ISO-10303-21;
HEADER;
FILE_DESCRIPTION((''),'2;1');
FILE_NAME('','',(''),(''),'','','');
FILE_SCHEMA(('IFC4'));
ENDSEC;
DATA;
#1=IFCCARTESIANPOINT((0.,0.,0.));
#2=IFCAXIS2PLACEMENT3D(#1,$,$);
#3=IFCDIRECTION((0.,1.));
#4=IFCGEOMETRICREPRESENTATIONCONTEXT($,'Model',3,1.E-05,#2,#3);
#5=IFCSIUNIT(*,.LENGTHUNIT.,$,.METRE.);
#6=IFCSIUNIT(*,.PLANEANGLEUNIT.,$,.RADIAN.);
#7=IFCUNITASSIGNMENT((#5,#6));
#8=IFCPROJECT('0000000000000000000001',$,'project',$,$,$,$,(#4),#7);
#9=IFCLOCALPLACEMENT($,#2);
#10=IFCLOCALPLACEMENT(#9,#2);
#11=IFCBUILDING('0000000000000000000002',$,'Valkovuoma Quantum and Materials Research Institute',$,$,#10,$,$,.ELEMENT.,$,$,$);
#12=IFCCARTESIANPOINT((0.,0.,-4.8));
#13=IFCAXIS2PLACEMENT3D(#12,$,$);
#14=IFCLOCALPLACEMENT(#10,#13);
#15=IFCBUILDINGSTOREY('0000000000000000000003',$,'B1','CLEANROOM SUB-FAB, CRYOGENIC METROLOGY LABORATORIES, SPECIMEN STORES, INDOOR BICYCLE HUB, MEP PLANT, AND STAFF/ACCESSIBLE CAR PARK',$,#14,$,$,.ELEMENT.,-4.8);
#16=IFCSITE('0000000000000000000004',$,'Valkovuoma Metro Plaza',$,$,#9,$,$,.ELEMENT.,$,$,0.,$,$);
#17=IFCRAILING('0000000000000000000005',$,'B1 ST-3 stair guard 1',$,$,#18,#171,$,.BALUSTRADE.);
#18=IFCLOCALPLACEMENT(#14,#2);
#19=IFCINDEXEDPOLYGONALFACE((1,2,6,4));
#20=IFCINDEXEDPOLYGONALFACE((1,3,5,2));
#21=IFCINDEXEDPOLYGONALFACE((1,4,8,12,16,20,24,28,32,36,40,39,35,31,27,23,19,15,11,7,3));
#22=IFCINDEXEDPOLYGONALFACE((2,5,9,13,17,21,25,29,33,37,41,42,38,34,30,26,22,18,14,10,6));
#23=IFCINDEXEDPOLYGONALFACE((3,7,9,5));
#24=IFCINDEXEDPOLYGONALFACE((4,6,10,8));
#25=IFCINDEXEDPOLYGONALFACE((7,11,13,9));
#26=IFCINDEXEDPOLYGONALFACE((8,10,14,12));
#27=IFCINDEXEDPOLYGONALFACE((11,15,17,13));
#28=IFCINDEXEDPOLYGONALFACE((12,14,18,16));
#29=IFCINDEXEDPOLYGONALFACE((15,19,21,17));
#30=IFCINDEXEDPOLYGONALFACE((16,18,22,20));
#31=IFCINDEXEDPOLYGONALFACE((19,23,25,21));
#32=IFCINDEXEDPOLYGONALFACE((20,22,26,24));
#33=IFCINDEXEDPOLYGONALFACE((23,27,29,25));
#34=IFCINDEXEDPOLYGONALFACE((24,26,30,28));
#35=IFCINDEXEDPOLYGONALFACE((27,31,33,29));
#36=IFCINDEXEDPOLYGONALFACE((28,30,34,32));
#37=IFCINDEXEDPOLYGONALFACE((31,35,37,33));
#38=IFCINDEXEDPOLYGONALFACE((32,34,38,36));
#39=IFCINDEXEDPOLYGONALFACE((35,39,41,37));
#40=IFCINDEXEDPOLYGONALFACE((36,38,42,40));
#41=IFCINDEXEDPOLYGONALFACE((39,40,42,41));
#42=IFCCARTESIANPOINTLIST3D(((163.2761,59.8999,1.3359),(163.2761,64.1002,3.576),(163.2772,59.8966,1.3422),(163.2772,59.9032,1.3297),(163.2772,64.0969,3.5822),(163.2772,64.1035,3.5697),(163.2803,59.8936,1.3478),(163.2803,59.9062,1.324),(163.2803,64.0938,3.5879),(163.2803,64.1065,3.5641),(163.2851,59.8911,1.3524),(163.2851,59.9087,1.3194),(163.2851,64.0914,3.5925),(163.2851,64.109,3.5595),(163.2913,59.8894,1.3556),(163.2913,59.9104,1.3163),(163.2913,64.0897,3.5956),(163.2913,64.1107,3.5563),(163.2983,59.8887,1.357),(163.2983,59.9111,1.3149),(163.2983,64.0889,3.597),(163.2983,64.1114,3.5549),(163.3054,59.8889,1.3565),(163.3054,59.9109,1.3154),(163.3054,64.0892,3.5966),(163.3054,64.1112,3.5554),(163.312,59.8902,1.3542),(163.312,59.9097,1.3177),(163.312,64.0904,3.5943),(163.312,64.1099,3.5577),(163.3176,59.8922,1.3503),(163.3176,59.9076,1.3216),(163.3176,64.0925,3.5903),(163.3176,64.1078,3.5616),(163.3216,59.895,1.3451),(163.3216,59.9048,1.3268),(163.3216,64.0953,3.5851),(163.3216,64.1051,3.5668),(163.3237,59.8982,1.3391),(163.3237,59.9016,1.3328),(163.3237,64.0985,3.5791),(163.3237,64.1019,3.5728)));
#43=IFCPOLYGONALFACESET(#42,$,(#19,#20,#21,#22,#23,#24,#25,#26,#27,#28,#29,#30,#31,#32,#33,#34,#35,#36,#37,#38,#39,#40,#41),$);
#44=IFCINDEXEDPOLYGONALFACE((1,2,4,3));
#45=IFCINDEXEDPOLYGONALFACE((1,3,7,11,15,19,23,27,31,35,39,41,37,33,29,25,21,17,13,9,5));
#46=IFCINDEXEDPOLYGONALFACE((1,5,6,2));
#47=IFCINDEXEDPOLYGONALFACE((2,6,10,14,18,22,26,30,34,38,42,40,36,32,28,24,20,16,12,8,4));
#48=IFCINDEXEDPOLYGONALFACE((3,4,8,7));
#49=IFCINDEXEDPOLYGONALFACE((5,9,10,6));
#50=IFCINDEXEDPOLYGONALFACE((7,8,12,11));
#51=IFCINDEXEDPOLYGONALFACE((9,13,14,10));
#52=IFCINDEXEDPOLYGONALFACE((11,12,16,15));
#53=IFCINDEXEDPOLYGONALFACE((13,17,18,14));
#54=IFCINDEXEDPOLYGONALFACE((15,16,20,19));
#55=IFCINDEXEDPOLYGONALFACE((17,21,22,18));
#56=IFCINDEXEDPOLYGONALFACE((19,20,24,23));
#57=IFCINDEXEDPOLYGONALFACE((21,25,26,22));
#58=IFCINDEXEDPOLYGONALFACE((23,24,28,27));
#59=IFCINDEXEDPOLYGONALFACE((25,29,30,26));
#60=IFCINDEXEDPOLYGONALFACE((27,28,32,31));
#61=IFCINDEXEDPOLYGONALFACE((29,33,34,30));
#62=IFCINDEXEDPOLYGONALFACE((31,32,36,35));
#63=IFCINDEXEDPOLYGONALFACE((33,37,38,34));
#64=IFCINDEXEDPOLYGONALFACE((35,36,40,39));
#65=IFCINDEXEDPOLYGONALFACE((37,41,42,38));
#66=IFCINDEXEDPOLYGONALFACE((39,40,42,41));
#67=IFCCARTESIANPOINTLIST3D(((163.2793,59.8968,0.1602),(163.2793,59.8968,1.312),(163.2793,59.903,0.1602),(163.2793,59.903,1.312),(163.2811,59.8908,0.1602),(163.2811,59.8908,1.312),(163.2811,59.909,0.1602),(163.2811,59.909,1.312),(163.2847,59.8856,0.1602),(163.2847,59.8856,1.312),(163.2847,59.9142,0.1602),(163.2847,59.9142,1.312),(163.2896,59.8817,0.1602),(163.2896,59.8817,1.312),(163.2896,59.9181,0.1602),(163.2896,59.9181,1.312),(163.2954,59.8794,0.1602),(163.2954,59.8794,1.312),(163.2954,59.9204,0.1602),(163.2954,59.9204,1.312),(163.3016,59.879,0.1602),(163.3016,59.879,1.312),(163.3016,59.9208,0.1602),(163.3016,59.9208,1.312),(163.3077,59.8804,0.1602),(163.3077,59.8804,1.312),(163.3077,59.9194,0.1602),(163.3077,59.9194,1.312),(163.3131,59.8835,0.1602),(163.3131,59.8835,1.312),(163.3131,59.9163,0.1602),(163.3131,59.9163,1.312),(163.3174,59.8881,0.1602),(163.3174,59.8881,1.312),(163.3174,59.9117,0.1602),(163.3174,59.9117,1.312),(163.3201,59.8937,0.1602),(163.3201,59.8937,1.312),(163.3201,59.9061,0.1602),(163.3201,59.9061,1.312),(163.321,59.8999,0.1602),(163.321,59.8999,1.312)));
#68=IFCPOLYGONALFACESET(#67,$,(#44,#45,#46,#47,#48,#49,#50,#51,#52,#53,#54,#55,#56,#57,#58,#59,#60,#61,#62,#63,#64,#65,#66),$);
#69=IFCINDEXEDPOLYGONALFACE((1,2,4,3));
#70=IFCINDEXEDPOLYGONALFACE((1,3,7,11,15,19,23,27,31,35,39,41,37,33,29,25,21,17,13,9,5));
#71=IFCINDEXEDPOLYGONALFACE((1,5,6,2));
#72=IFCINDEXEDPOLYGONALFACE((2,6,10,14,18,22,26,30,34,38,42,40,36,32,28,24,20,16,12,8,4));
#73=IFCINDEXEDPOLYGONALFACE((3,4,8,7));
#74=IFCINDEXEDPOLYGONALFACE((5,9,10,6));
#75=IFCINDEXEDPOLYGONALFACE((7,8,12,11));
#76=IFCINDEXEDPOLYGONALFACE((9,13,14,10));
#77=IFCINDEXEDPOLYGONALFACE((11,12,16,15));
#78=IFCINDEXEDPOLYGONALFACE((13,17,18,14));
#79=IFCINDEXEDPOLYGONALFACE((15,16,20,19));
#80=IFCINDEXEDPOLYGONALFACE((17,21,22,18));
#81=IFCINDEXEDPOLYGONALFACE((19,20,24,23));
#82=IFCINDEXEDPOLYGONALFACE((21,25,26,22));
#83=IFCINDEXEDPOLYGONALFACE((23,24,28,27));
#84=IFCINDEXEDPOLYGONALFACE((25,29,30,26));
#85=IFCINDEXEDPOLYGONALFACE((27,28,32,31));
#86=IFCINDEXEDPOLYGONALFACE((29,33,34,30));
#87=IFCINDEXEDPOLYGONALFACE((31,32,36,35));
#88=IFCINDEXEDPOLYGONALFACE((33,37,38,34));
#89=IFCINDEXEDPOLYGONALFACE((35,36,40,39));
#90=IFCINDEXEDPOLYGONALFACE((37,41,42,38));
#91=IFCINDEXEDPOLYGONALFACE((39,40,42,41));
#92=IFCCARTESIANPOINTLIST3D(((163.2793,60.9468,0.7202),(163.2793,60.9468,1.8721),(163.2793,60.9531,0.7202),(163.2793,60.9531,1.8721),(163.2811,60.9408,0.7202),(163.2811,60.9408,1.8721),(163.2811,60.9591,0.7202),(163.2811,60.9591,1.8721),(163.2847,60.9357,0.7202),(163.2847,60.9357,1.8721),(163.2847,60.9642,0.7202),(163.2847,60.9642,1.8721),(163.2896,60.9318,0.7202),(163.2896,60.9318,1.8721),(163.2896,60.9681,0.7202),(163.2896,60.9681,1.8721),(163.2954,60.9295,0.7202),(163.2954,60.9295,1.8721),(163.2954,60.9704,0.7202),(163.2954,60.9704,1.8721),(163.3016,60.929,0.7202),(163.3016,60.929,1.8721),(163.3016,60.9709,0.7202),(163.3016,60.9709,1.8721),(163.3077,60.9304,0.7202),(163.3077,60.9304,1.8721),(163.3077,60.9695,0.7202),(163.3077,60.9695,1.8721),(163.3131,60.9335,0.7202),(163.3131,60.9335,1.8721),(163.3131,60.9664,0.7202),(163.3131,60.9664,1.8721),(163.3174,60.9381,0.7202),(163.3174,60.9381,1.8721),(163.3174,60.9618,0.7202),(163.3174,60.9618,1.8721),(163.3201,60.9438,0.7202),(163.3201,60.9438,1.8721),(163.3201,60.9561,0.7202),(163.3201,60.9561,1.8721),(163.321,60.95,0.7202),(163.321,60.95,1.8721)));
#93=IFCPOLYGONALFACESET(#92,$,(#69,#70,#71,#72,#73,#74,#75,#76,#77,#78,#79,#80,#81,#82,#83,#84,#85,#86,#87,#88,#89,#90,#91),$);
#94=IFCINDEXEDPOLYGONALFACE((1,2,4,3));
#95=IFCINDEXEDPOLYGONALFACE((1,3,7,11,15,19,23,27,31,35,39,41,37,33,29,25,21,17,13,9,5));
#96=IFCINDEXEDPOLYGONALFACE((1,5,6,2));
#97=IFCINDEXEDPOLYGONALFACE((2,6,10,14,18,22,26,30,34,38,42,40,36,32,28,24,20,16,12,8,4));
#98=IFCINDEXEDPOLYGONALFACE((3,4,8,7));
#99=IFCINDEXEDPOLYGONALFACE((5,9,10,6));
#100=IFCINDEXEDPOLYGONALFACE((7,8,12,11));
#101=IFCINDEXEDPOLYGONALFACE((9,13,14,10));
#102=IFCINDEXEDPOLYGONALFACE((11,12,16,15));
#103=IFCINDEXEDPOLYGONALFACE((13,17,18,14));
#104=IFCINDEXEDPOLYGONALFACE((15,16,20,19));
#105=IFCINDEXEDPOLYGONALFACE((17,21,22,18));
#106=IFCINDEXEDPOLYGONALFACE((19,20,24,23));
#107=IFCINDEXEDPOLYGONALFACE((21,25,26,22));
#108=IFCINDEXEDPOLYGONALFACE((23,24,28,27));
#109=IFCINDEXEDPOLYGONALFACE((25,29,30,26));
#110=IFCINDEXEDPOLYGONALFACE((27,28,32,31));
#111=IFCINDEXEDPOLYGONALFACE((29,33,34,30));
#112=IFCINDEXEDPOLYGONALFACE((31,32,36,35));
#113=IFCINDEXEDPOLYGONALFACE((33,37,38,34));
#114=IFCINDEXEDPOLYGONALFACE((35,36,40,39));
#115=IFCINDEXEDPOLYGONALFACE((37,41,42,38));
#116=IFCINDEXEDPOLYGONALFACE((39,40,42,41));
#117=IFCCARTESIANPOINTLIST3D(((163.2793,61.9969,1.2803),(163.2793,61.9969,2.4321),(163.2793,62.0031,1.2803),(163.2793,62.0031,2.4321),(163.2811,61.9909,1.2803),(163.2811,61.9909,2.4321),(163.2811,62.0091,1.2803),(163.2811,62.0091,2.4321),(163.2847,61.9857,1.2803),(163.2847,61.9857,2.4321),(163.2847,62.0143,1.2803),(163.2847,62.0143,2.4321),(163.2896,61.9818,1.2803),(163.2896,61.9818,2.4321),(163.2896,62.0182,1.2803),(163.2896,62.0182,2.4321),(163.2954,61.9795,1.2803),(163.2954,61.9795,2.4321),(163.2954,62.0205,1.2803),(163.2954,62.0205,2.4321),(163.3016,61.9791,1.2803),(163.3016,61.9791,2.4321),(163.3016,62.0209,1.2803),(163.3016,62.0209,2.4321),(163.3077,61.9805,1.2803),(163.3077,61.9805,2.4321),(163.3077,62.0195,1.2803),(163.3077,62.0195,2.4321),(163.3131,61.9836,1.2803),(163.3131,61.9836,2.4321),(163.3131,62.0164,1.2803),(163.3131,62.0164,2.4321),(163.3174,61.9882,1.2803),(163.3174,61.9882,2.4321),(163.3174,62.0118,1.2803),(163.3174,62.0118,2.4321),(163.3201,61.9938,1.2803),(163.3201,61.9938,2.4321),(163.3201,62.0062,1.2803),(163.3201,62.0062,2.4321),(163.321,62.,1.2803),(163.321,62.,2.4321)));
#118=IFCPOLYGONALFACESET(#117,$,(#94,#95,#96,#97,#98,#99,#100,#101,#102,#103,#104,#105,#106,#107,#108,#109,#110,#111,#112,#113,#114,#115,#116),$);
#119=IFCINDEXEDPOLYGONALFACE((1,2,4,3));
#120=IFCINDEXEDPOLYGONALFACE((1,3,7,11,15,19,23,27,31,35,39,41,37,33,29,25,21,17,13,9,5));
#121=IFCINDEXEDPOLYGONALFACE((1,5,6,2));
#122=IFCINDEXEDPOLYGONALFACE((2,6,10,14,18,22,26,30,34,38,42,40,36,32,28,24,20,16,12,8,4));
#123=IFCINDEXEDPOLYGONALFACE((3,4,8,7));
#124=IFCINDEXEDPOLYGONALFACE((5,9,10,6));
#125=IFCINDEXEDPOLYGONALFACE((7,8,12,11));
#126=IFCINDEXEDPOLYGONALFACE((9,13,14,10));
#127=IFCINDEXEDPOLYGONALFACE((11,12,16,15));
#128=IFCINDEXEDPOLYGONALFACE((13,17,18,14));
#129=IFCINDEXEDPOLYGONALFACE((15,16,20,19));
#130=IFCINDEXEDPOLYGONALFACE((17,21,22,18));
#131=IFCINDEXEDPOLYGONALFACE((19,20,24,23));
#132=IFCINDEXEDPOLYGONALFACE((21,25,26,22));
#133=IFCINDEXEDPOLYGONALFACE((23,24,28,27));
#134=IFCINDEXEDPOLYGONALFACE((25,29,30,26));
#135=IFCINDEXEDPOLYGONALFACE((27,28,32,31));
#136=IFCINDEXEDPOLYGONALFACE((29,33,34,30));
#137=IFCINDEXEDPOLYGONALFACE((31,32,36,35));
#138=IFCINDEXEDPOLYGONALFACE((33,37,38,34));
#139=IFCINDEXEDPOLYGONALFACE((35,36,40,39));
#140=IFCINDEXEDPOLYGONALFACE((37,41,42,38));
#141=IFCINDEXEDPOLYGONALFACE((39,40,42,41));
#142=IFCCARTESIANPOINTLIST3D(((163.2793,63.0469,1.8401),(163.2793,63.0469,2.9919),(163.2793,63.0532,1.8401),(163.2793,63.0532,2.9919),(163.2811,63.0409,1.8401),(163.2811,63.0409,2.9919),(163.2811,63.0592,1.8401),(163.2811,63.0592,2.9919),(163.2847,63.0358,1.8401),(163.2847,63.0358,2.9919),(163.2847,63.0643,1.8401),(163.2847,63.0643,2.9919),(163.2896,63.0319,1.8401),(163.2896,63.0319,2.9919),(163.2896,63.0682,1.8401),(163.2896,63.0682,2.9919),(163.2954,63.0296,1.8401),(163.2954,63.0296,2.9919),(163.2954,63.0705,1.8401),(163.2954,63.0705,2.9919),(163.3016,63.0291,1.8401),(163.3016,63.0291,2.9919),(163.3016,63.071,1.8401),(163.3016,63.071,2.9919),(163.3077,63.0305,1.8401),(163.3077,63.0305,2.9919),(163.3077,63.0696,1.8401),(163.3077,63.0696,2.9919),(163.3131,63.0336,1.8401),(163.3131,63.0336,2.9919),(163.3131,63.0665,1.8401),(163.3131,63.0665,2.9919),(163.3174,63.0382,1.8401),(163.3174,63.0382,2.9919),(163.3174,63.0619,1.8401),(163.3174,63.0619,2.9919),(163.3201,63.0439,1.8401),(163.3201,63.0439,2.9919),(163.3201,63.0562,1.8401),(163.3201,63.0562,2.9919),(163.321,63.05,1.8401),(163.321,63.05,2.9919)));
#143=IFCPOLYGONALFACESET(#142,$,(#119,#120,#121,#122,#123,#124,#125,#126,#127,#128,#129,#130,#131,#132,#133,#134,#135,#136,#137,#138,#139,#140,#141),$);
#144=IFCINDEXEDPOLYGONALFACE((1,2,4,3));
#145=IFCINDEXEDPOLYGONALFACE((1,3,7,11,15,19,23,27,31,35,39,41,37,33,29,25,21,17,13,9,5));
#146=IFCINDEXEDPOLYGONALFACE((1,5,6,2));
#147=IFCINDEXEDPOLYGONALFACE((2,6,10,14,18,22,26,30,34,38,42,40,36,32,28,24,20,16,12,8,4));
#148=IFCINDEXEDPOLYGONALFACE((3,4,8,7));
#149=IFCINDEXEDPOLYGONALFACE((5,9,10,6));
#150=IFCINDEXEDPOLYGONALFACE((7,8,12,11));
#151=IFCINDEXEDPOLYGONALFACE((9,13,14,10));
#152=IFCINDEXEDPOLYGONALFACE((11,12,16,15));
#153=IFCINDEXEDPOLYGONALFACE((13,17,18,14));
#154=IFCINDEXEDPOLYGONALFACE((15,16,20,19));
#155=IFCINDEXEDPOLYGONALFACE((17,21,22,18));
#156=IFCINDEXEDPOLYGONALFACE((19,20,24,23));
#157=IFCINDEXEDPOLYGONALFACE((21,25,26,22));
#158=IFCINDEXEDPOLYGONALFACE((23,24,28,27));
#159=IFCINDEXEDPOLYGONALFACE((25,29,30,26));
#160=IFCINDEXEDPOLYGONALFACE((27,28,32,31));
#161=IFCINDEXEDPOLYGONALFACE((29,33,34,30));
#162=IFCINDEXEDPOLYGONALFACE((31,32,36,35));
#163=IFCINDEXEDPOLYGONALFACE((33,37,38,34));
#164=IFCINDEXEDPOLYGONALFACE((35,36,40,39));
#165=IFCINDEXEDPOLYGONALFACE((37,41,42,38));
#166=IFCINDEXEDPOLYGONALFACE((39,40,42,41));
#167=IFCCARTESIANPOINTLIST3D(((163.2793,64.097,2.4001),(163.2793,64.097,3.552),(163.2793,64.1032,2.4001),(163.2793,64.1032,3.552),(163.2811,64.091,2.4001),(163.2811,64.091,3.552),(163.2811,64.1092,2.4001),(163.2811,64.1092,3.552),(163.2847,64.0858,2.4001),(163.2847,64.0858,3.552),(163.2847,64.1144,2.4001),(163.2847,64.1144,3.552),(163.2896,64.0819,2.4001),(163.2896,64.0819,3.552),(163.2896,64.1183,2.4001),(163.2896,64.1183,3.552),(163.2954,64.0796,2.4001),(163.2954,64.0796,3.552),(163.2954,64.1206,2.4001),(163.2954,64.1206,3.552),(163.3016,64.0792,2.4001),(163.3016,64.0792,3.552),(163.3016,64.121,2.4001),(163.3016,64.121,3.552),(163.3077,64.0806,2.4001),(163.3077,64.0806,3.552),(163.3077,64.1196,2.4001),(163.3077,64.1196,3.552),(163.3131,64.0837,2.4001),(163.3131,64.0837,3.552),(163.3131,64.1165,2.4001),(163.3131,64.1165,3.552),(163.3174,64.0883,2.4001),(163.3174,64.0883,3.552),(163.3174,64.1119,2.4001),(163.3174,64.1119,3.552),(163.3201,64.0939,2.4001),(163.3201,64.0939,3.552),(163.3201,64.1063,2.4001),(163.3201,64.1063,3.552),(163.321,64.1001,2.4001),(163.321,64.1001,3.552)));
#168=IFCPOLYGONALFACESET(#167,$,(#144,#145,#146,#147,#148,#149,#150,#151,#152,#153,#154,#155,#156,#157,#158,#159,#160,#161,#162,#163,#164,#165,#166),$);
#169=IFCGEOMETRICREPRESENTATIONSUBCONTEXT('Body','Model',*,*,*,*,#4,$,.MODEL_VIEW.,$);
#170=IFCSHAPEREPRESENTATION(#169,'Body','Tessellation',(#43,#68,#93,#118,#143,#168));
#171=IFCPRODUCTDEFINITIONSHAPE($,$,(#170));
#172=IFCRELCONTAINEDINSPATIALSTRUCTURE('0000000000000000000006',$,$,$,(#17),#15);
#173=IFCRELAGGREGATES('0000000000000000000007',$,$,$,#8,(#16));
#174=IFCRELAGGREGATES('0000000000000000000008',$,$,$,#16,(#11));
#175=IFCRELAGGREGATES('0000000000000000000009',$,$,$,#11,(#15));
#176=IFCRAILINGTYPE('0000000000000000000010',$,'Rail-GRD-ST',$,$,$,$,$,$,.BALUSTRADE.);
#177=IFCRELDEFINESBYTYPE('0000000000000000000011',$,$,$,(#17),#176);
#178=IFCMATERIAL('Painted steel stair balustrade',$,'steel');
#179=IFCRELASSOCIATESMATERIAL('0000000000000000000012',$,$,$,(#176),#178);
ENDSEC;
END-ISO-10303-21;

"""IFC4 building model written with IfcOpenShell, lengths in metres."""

from ifc_helpers import new_model, si_unit, direction, frame, origin, origin_2d, place, context, subcontext, project, spatial, circle, extrude, material, type_object, element, save


model = new_model("IFC4")

# Units and contexts
model_context = context("Model", 3, precision=1e-05, world=origin(), true_north=direction((0.0, 1.0)))
body_context = subcontext(model_context, "Body", "Model", "MODEL_VIEW")
ifc_project = project(units=[si_unit("LENGTHUNIT", "METRE"), si_unit("PLANEANGLEUNIT", "RADIAN")], contexts=[model_context])

# Site, building, storey
site_placement = place(None, origin())
site = spatial("IfcSite", under=ifc_project, at=site_placement, Name="Valkovuoma Metro Plaza", CompositionType="ELEMENT", RefElevation=0.0)
building_placement = place(site_placement, origin())
building = spatial("IfcBuilding", under=site, at=building_placement, Name="Valkovuoma Quantum and Materials Research Institute", CompositionType="ELEMENT")
storey_placement = place(building_placement, frame((0.0, 0.0, -4.8)))
storey = spatial("IfcBuildingStorey", under=building, at=storey_placement, Name="B1", Description="CLEANROOM SUB-FAB, CRYOGENIC METROLOGY LABORATORIES, SPECIMEN STORES, INDOOR BICYCLE HUB, MEP PLANT, AND STAFF/ACCESSIBLE CAR PARK", CompositionType="ELEMENT", Elevation=-4.8)

# Railing
ifc_material_1 = material(Name="Painted steel stair balustrade", Category="steel")
railing_type_1 = type_object("IfcRailingType", Name="Rail-GRD-ST", PredefinedType="BALUSTRADE", material=ifc_material_1)
railing_1_placement = place(storey_placement, frame((163.3, 59.8999, 0.1602)))
element("IfcRailing", 1, at=railing_1_placement, inside=storey, type_object=railing_type_1, Name="B1 ST-3 stair guard 1", PredefinedType="BALUSTRADE", context=body_context, shape_type="SweptSolid", body=[
    extrude(circle(Radius=0.0239, at=origin_2d()), frame((0.0, 0.0, 1.1758), z_axis=(0.0, 0.882363, 0.47057), x_axis=(-1.0, 0.0, 0.0)), (0.0, 0.0, 1.0), 4.7603),
    extrude(circle(Radius=0.021, at=origin_2d()), origin(), (0.0, 0.0, 1.0), 1.1519),
    extrude(circle(Radius=0.021, at=origin_2d()), frame((0.0, 1.05, 0.5601)), (0.0, 0.0, 1.0), 1.1519),
    extrude(circle(Radius=0.021, at=origin_2d()), frame((0.0, 2.1001, 1.1201)), (0.0, 0.0, 1.0), 1.1519),
    extrude(circle(Radius=0.021, at=origin_2d()), frame((0.0, 3.1501, 1.6799)), (0.0, 0.0, 1.0), 1.1519),
    extrude(circle(Radius=0.021, at=origin_2d()), frame((0.0, 4.2002, 2.24)), (0.0, 0.0, 1.0), 1.1519),
])

save(model, "model.ifc")
